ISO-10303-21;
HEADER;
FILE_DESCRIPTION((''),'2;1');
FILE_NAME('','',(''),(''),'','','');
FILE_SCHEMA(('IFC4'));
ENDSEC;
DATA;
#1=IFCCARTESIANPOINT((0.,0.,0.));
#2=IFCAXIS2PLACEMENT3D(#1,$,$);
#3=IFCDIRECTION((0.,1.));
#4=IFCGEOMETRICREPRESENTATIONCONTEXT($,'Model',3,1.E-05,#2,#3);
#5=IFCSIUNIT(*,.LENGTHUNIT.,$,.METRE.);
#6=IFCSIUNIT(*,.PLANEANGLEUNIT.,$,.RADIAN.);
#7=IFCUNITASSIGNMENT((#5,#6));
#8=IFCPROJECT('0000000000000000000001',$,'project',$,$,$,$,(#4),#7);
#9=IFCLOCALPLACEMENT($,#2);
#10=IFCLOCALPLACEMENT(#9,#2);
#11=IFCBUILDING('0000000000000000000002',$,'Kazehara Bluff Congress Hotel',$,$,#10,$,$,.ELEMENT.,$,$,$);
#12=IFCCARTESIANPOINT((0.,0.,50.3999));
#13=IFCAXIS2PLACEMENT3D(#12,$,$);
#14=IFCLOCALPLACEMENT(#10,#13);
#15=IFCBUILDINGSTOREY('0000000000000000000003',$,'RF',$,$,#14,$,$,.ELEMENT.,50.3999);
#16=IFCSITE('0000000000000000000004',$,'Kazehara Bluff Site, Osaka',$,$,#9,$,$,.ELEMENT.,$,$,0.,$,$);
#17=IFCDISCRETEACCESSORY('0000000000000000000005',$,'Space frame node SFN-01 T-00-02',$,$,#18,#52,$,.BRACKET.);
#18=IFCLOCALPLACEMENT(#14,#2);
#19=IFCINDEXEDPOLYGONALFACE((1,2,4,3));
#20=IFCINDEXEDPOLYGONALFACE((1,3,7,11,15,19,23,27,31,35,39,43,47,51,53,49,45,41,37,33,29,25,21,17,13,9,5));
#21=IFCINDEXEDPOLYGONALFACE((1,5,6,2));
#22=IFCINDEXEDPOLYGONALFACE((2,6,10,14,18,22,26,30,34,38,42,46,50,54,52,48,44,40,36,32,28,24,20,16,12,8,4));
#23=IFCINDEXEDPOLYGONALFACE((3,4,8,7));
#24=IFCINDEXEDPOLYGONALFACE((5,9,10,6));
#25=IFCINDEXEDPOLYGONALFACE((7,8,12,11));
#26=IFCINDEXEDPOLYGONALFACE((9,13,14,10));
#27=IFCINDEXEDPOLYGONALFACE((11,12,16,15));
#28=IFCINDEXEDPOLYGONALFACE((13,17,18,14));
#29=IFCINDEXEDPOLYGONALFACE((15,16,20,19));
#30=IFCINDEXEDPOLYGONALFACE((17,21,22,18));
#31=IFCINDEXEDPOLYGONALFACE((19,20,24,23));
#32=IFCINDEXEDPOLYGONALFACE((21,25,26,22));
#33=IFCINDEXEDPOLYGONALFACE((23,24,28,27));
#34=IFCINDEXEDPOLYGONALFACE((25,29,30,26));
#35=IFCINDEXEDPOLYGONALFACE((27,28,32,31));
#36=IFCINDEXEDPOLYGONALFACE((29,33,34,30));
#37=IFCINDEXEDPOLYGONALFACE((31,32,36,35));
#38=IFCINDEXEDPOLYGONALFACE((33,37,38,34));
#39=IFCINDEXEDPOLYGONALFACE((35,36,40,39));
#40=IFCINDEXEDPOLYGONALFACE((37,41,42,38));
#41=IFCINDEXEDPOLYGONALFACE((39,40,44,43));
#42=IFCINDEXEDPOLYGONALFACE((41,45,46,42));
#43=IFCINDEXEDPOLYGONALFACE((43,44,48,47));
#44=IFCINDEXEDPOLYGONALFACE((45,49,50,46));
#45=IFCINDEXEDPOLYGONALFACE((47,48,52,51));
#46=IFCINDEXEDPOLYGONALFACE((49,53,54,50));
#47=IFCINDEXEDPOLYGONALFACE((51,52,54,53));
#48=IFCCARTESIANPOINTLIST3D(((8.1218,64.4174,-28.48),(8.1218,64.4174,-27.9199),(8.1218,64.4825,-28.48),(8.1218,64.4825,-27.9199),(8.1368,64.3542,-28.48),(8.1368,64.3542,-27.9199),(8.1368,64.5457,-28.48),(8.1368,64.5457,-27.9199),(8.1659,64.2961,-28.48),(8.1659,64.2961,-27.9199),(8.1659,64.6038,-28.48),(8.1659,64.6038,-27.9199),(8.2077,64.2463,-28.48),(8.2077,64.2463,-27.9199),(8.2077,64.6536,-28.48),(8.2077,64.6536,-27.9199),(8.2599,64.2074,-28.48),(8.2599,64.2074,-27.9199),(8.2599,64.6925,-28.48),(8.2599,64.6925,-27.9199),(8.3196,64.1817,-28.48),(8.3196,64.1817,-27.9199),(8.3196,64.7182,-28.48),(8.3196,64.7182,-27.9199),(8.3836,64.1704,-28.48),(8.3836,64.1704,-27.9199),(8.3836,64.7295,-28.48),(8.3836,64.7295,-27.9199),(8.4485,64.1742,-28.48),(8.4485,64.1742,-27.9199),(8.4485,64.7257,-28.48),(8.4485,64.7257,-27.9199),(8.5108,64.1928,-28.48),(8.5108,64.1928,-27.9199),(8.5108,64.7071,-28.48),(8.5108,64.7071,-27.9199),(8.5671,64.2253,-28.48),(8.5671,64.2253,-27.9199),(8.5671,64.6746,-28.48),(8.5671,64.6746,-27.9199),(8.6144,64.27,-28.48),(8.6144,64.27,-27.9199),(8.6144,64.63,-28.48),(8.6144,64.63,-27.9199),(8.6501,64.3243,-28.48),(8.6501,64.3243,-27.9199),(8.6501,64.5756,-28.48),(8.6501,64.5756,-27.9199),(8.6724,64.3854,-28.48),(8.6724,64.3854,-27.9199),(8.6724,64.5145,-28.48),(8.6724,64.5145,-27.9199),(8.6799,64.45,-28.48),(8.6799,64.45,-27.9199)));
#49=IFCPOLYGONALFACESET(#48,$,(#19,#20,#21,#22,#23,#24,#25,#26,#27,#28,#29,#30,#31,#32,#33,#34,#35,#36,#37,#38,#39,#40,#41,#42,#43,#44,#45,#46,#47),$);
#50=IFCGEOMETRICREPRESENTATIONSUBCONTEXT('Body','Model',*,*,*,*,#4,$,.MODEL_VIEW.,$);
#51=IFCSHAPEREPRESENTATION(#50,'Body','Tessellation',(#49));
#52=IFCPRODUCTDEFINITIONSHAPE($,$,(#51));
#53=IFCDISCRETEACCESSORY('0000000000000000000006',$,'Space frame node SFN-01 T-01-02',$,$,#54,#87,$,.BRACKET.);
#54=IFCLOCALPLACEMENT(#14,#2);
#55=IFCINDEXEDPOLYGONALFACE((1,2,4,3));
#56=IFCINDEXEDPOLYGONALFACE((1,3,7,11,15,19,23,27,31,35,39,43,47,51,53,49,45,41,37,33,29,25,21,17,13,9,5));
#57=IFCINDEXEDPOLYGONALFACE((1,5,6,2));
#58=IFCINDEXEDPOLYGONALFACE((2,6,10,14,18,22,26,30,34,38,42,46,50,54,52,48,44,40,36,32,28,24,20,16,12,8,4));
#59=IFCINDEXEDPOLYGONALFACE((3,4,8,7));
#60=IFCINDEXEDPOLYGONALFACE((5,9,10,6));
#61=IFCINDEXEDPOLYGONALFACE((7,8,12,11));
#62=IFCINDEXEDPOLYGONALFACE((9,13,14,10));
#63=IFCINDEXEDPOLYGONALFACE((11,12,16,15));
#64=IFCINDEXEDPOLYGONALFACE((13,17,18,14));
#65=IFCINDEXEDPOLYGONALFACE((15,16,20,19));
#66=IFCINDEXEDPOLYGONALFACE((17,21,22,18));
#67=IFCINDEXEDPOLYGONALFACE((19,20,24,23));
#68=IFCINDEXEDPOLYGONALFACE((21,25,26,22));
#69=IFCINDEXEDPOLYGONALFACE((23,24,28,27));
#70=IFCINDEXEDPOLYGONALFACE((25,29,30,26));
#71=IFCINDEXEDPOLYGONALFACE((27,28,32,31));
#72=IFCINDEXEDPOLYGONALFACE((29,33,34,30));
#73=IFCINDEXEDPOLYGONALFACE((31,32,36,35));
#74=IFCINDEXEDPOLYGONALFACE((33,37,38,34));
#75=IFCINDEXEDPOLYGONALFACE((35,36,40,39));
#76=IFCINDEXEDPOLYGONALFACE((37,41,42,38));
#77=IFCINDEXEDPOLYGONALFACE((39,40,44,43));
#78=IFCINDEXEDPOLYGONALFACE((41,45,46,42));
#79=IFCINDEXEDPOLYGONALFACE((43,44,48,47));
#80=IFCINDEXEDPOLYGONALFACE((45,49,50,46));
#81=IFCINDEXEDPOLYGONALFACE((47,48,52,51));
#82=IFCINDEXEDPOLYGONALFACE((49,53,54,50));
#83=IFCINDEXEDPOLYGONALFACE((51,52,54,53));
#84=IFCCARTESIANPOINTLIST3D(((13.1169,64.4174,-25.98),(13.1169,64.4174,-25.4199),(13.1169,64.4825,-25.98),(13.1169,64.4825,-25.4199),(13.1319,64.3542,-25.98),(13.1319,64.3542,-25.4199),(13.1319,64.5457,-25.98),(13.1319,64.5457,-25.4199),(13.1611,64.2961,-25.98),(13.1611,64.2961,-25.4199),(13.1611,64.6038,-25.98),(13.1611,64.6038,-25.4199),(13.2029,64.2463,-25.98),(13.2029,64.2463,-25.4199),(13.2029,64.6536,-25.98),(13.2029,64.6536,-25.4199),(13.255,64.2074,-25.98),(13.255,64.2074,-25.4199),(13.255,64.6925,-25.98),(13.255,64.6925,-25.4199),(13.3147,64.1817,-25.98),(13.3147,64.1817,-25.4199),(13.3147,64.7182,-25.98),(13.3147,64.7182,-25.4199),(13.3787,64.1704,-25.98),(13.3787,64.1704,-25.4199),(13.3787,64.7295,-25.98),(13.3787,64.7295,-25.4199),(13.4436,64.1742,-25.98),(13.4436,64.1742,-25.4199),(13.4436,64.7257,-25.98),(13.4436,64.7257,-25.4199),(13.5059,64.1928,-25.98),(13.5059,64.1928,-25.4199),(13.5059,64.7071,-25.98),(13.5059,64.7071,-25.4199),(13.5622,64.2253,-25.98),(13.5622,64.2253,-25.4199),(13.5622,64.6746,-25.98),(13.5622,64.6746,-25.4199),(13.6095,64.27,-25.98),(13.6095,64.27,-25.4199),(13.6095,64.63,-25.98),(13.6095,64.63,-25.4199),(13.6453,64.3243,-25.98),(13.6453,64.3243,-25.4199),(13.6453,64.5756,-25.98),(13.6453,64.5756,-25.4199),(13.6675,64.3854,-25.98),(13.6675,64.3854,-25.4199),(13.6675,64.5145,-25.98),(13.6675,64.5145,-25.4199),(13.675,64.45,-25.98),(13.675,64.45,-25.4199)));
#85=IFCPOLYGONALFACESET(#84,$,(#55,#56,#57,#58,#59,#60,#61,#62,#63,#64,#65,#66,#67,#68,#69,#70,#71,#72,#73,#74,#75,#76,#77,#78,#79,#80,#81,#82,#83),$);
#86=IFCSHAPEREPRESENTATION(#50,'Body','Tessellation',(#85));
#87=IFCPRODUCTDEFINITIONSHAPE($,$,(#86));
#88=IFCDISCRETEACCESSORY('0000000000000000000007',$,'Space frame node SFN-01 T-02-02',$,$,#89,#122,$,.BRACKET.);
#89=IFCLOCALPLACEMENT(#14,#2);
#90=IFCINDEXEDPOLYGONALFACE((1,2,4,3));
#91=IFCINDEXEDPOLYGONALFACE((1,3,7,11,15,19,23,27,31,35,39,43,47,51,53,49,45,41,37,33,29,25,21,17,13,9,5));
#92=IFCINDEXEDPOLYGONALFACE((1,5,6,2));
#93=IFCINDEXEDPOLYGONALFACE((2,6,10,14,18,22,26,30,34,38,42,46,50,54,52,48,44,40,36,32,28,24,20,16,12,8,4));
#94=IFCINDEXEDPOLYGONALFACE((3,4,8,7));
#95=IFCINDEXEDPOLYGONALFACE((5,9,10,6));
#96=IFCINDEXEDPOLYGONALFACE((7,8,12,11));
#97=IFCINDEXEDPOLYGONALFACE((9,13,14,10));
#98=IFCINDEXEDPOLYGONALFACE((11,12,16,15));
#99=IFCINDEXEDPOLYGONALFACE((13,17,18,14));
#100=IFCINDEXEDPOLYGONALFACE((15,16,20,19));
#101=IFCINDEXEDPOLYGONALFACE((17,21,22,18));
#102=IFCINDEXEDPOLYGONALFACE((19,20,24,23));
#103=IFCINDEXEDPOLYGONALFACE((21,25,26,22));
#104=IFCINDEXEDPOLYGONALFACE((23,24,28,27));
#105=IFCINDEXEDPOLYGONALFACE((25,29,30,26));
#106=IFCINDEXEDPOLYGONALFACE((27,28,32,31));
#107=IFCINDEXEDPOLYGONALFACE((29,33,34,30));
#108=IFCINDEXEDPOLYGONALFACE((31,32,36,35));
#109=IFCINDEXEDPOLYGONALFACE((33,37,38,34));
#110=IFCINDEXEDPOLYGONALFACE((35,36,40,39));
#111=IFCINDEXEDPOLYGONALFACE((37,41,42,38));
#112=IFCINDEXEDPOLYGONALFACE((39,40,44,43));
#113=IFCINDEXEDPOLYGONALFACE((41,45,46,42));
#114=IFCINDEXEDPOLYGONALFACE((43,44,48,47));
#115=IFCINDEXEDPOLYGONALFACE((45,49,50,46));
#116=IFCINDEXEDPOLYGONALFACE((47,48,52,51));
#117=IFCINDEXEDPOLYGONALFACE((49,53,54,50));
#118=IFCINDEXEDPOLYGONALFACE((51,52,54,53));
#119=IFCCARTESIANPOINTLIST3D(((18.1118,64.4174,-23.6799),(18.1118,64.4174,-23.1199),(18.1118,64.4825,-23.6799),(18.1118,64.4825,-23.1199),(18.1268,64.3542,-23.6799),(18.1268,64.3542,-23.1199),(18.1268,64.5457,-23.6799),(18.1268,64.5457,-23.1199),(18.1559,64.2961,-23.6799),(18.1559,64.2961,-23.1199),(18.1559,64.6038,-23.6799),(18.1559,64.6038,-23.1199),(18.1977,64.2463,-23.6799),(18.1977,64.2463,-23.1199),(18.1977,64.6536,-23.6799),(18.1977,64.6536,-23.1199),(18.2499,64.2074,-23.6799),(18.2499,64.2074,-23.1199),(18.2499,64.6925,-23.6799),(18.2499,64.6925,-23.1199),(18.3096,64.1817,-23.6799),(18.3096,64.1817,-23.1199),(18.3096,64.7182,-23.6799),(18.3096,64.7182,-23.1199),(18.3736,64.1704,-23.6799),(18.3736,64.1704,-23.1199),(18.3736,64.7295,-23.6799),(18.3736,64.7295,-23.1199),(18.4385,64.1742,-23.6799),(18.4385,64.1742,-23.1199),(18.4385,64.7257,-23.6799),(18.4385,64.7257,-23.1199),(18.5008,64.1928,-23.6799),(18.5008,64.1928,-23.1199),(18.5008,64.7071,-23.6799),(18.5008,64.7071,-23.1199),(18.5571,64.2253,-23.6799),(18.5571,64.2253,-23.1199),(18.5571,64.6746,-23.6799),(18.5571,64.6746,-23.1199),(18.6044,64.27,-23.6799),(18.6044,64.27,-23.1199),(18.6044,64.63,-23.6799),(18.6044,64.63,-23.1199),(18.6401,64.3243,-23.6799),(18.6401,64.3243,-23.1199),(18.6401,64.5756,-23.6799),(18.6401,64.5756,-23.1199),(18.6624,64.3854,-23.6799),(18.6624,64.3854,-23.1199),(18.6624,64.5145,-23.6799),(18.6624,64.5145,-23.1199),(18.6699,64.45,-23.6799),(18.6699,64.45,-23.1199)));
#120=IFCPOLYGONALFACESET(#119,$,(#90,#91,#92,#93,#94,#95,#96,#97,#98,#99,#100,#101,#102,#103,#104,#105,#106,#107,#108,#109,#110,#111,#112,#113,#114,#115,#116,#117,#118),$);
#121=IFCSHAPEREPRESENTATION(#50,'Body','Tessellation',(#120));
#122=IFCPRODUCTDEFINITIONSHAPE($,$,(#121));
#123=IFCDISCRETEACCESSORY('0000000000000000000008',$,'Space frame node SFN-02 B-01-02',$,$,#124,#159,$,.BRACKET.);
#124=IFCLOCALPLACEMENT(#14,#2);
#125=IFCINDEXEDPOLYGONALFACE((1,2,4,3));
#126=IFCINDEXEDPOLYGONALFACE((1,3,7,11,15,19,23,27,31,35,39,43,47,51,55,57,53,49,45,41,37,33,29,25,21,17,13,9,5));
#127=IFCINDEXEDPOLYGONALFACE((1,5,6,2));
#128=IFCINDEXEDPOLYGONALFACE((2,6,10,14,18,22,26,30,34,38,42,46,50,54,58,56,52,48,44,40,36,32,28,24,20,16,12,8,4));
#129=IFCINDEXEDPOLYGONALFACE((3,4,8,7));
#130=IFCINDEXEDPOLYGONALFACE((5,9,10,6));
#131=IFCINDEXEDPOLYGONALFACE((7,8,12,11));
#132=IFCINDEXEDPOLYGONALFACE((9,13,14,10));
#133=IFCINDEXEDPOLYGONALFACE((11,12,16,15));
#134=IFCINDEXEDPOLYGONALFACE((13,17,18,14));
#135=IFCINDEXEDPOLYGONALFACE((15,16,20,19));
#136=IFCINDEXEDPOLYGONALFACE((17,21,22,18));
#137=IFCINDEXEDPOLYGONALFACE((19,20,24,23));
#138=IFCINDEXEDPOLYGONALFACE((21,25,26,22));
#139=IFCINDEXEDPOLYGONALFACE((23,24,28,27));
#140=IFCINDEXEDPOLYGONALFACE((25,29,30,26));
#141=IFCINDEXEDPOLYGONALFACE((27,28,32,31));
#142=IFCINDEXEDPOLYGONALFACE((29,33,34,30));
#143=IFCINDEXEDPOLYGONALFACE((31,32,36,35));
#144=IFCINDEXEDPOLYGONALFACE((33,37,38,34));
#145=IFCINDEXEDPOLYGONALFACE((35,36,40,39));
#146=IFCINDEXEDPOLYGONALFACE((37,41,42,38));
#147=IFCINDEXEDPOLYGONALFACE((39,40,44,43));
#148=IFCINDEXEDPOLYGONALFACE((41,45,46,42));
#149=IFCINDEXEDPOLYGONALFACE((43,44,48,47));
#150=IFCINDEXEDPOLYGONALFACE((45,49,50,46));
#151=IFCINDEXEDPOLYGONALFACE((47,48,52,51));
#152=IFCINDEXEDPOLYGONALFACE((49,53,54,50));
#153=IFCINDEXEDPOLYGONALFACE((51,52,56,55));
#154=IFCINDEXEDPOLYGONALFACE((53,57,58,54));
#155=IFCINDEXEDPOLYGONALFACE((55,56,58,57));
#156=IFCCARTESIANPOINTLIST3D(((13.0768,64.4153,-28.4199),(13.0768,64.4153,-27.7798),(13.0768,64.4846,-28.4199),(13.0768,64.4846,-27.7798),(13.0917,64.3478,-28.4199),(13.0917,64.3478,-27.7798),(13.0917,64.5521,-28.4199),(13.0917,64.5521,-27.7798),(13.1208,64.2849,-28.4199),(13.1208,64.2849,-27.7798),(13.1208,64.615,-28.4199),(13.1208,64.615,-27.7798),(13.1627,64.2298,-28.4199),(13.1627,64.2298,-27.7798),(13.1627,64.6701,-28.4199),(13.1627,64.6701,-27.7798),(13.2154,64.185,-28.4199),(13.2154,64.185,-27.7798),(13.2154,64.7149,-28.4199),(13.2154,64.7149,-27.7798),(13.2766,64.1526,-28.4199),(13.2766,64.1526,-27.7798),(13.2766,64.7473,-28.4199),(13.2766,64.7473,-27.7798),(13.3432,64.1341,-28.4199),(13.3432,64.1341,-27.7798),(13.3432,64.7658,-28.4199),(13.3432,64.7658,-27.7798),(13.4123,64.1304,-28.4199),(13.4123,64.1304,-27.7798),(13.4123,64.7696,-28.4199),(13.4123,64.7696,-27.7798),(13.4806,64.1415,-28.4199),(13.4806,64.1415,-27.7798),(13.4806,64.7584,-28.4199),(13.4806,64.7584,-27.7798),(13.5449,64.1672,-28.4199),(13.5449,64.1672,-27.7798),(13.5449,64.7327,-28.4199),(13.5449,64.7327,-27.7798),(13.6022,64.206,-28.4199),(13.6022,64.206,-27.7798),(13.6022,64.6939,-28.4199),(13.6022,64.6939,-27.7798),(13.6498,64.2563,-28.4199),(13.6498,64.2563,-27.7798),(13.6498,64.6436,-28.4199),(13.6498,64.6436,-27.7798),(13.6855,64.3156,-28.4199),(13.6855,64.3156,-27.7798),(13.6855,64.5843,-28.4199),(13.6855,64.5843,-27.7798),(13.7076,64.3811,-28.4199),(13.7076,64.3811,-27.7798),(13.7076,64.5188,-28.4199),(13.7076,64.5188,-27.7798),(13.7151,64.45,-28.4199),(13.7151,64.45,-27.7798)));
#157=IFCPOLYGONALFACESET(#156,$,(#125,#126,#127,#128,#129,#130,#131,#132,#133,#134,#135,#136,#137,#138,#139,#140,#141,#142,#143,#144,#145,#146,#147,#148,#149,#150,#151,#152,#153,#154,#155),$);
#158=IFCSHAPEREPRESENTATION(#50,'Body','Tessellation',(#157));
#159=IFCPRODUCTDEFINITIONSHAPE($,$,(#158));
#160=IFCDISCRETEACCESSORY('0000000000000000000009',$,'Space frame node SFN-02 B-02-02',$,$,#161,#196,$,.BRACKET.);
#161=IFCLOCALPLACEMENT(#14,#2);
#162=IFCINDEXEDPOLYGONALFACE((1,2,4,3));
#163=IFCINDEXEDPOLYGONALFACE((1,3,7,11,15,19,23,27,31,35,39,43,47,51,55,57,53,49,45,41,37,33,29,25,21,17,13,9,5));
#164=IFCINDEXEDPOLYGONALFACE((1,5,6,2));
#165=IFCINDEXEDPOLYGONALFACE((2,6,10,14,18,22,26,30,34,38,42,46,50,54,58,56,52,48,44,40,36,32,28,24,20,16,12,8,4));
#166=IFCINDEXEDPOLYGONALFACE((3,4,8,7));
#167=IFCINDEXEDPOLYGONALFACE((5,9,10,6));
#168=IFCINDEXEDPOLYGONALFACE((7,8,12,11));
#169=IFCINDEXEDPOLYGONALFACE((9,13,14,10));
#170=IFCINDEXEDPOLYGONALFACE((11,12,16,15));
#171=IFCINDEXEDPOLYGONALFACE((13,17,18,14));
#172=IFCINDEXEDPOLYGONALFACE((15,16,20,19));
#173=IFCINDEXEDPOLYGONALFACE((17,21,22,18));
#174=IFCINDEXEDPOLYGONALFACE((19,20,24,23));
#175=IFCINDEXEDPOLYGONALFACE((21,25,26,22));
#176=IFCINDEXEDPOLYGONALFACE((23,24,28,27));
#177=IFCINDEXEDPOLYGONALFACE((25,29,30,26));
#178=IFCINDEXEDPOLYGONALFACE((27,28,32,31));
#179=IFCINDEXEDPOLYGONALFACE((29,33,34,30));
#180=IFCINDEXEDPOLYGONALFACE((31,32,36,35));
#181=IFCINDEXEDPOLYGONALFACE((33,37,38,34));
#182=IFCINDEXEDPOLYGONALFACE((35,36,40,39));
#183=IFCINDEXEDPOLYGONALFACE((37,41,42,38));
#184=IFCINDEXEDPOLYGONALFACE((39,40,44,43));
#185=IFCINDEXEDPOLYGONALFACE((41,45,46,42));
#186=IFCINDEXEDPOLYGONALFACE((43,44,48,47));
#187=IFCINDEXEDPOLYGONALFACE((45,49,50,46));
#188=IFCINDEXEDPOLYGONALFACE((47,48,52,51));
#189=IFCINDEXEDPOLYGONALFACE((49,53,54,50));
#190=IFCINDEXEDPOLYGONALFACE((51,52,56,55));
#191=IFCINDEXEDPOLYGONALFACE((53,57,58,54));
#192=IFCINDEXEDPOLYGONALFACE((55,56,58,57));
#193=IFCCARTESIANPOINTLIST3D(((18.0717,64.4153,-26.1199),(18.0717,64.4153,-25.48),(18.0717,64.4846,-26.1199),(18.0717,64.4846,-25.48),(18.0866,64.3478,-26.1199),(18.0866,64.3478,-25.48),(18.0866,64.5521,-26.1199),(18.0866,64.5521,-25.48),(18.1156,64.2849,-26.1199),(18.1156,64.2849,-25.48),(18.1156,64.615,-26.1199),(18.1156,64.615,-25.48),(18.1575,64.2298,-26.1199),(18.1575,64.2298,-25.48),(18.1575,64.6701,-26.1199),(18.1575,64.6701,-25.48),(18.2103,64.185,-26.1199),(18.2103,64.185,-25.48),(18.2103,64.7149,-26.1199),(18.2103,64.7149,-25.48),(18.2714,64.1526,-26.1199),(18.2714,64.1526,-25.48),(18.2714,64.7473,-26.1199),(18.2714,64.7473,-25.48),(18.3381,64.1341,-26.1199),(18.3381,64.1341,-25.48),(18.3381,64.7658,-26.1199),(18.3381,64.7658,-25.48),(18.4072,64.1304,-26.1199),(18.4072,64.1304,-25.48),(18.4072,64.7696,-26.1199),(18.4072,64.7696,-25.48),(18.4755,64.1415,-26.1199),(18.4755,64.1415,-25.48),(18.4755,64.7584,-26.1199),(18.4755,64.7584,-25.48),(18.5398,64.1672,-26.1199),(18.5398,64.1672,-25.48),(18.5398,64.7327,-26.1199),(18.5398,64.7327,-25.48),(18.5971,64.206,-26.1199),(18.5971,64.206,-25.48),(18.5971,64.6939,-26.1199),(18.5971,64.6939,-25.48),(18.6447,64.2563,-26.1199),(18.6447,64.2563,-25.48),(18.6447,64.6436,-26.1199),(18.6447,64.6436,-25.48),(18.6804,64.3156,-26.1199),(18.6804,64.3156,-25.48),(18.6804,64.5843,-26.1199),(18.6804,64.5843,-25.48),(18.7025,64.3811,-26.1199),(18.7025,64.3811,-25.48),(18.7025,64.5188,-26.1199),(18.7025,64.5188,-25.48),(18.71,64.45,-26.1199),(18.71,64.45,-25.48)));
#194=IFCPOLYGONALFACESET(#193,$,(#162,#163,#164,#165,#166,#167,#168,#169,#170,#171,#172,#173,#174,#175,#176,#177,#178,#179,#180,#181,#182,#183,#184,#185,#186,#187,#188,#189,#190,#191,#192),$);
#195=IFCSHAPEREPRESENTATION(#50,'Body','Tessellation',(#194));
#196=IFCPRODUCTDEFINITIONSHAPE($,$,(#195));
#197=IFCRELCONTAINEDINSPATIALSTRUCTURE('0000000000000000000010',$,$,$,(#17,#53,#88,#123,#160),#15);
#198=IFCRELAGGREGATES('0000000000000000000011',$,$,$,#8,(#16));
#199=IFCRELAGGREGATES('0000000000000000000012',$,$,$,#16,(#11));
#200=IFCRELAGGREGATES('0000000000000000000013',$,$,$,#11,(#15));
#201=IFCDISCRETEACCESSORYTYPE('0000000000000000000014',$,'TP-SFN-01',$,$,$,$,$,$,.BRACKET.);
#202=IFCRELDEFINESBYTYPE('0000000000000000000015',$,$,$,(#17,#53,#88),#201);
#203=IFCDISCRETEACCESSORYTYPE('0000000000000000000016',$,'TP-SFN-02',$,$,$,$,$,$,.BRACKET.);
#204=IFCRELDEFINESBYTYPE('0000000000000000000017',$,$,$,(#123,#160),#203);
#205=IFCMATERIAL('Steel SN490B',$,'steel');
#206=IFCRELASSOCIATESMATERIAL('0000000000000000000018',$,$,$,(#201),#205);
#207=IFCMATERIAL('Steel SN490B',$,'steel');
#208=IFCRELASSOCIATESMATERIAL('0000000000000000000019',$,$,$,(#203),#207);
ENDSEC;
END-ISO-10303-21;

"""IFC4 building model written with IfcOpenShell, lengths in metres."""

from ifc_helpers import new_model, si_unit, direction, frame, origin, origin_2d, place, context, subcontext, project, spatial, circle, extrude, material, material_profile, profile_set, type_object, element, save


model = new_model("IFC4")

# Units and contexts
model_context = context("Model", 3, precision=1e-05, world=origin(), true_north=direction((0.0, 1.0)))
body_context = subcontext(model_context, "Body", "Model", "MODEL_VIEW")
ifc_project = project(units=[si_unit("LENGTHUNIT", "METRE"), si_unit("PLANEANGLEUNIT", "RADIAN")], contexts=[model_context])

# Site, building, storey
site_placement = place(None, origin())
site = spatial("IfcSite", under=ifc_project, at=site_placement, Name="Kazehara Bluff Site, Osaka", CompositionType="ELEMENT", RefElevation=0.0)
building_placement = place(site_placement, origin())
building = spatial("IfcBuilding", under=site, at=building_placement, Name="Kazehara Bluff Congress Hotel", CompositionType="ELEMENT")
storey_placement = place(building_placement, frame((0.0, 0.0, 50.3999)))
storey = spatial("IfcBuildingStorey", under=building, at=storey_placement, Name="RF", CompositionType="ELEMENT", Elevation=50.3999)

# Discrete accessories
ifc_material_1 = material(Name="Steel SN490B", Category="steel")
ifc_material_profile_1 = material_profile(ifc_material_1, circle(Radius=0.28, at=origin_2d()))
ifc_profile_set_1 = profile_set([ifc_material_profile_1], Name="Steel SN490B")
discrete_accessory_type_1 = type_object("IfcDiscreteAccessoryType", Name="TP-SFN-01", PredefinedType="BRACKET", material=ifc_profile_set_1)
for number, where, z_axis, x_axis, name in (
    (1, (8.3999, 64.45, -28.48), (0.0, 0.0, 1.0), (1.0, 0.0, 0.0), "Space frame node SFN-01 T-00-02"),
    (2, (13.395, 64.45, -25.98), (0.0, 0.0, 1.0), (1.0, 0.0, 0.0), "Space frame node SFN-01 T-01-02"),
    (3, (18.3899, 64.45, -23.6799), (0.0, 0.0, 1.0), (1.0, 0.0, 0.0), "Space frame node SFN-01 T-02-02"),
):
    element("IfcDiscreteAccessory", number, at=place(storey_placement, frame(where, z_axis=z_axis, x_axis=x_axis)), inside=storey, type_object=discrete_accessory_type_1, Name=name, PredefinedType="BRACKET", context=body_context, shape_type="SweptSolid", body=[
        extrude(circle(Radius=0.28, at=origin_2d()), origin(), (0.0, 0.0, 1.0), 0.5601),
    ])
ifc_material_2 = material(Name="Steel SN490B", Category="steel")
ifc_material_profile_2 = material_profile(ifc_material_2, circle(Radius=0.3201, at=origin_2d()))
ifc_profile_set_2 = profile_set([ifc_material_profile_2], Name="Steel SN490B")
discrete_accessory_type_2 = type_object("IfcDiscreteAccessoryType", Name="TP-SFN-02", PredefinedType="BRACKET", material=ifc_profile_set_2)
discrete_accessory_1_placement = place(storey_placement, frame((13.395, 64.45, -28.4199), z_axis=(0.0, 0.0, 1.0), x_axis=(1.0, 0.0, 0.0)))
element("IfcDiscreteAccessory", 4, at=discrete_accessory_1_placement, inside=storey, type_object=discrete_accessory_type_2, Name="Space frame node SFN-02 B-01-02", PredefinedType="BRACKET", context=body_context, shape_type="SweptSolid", body=[
    extrude(circle(Radius=0.3201, at=origin_2d()), origin(), (0.0, 0.0, 1.0), 0.6401),
])
discrete_accessory_2_placement = place(storey_placement, frame((18.3899, 64.45, -26.1199), z_axis=(0.0, 0.0, 1.0), x_axis=(1.0, 0.0, 0.0)))
element("IfcDiscreteAccessory", 5, at=discrete_accessory_2_placement, inside=storey, type_object=discrete_accessory_type_2, Name="Space frame node SFN-02 B-02-02", PredefinedType="BRACKET", context=body_context, shape_type="SweptSolid", body=[
    extrude(circle(Radius=0.3201, at=origin_2d()), origin(), (0.0, 0.0, 1.0), 0.6399),
])

save(model, "model.ifc")
